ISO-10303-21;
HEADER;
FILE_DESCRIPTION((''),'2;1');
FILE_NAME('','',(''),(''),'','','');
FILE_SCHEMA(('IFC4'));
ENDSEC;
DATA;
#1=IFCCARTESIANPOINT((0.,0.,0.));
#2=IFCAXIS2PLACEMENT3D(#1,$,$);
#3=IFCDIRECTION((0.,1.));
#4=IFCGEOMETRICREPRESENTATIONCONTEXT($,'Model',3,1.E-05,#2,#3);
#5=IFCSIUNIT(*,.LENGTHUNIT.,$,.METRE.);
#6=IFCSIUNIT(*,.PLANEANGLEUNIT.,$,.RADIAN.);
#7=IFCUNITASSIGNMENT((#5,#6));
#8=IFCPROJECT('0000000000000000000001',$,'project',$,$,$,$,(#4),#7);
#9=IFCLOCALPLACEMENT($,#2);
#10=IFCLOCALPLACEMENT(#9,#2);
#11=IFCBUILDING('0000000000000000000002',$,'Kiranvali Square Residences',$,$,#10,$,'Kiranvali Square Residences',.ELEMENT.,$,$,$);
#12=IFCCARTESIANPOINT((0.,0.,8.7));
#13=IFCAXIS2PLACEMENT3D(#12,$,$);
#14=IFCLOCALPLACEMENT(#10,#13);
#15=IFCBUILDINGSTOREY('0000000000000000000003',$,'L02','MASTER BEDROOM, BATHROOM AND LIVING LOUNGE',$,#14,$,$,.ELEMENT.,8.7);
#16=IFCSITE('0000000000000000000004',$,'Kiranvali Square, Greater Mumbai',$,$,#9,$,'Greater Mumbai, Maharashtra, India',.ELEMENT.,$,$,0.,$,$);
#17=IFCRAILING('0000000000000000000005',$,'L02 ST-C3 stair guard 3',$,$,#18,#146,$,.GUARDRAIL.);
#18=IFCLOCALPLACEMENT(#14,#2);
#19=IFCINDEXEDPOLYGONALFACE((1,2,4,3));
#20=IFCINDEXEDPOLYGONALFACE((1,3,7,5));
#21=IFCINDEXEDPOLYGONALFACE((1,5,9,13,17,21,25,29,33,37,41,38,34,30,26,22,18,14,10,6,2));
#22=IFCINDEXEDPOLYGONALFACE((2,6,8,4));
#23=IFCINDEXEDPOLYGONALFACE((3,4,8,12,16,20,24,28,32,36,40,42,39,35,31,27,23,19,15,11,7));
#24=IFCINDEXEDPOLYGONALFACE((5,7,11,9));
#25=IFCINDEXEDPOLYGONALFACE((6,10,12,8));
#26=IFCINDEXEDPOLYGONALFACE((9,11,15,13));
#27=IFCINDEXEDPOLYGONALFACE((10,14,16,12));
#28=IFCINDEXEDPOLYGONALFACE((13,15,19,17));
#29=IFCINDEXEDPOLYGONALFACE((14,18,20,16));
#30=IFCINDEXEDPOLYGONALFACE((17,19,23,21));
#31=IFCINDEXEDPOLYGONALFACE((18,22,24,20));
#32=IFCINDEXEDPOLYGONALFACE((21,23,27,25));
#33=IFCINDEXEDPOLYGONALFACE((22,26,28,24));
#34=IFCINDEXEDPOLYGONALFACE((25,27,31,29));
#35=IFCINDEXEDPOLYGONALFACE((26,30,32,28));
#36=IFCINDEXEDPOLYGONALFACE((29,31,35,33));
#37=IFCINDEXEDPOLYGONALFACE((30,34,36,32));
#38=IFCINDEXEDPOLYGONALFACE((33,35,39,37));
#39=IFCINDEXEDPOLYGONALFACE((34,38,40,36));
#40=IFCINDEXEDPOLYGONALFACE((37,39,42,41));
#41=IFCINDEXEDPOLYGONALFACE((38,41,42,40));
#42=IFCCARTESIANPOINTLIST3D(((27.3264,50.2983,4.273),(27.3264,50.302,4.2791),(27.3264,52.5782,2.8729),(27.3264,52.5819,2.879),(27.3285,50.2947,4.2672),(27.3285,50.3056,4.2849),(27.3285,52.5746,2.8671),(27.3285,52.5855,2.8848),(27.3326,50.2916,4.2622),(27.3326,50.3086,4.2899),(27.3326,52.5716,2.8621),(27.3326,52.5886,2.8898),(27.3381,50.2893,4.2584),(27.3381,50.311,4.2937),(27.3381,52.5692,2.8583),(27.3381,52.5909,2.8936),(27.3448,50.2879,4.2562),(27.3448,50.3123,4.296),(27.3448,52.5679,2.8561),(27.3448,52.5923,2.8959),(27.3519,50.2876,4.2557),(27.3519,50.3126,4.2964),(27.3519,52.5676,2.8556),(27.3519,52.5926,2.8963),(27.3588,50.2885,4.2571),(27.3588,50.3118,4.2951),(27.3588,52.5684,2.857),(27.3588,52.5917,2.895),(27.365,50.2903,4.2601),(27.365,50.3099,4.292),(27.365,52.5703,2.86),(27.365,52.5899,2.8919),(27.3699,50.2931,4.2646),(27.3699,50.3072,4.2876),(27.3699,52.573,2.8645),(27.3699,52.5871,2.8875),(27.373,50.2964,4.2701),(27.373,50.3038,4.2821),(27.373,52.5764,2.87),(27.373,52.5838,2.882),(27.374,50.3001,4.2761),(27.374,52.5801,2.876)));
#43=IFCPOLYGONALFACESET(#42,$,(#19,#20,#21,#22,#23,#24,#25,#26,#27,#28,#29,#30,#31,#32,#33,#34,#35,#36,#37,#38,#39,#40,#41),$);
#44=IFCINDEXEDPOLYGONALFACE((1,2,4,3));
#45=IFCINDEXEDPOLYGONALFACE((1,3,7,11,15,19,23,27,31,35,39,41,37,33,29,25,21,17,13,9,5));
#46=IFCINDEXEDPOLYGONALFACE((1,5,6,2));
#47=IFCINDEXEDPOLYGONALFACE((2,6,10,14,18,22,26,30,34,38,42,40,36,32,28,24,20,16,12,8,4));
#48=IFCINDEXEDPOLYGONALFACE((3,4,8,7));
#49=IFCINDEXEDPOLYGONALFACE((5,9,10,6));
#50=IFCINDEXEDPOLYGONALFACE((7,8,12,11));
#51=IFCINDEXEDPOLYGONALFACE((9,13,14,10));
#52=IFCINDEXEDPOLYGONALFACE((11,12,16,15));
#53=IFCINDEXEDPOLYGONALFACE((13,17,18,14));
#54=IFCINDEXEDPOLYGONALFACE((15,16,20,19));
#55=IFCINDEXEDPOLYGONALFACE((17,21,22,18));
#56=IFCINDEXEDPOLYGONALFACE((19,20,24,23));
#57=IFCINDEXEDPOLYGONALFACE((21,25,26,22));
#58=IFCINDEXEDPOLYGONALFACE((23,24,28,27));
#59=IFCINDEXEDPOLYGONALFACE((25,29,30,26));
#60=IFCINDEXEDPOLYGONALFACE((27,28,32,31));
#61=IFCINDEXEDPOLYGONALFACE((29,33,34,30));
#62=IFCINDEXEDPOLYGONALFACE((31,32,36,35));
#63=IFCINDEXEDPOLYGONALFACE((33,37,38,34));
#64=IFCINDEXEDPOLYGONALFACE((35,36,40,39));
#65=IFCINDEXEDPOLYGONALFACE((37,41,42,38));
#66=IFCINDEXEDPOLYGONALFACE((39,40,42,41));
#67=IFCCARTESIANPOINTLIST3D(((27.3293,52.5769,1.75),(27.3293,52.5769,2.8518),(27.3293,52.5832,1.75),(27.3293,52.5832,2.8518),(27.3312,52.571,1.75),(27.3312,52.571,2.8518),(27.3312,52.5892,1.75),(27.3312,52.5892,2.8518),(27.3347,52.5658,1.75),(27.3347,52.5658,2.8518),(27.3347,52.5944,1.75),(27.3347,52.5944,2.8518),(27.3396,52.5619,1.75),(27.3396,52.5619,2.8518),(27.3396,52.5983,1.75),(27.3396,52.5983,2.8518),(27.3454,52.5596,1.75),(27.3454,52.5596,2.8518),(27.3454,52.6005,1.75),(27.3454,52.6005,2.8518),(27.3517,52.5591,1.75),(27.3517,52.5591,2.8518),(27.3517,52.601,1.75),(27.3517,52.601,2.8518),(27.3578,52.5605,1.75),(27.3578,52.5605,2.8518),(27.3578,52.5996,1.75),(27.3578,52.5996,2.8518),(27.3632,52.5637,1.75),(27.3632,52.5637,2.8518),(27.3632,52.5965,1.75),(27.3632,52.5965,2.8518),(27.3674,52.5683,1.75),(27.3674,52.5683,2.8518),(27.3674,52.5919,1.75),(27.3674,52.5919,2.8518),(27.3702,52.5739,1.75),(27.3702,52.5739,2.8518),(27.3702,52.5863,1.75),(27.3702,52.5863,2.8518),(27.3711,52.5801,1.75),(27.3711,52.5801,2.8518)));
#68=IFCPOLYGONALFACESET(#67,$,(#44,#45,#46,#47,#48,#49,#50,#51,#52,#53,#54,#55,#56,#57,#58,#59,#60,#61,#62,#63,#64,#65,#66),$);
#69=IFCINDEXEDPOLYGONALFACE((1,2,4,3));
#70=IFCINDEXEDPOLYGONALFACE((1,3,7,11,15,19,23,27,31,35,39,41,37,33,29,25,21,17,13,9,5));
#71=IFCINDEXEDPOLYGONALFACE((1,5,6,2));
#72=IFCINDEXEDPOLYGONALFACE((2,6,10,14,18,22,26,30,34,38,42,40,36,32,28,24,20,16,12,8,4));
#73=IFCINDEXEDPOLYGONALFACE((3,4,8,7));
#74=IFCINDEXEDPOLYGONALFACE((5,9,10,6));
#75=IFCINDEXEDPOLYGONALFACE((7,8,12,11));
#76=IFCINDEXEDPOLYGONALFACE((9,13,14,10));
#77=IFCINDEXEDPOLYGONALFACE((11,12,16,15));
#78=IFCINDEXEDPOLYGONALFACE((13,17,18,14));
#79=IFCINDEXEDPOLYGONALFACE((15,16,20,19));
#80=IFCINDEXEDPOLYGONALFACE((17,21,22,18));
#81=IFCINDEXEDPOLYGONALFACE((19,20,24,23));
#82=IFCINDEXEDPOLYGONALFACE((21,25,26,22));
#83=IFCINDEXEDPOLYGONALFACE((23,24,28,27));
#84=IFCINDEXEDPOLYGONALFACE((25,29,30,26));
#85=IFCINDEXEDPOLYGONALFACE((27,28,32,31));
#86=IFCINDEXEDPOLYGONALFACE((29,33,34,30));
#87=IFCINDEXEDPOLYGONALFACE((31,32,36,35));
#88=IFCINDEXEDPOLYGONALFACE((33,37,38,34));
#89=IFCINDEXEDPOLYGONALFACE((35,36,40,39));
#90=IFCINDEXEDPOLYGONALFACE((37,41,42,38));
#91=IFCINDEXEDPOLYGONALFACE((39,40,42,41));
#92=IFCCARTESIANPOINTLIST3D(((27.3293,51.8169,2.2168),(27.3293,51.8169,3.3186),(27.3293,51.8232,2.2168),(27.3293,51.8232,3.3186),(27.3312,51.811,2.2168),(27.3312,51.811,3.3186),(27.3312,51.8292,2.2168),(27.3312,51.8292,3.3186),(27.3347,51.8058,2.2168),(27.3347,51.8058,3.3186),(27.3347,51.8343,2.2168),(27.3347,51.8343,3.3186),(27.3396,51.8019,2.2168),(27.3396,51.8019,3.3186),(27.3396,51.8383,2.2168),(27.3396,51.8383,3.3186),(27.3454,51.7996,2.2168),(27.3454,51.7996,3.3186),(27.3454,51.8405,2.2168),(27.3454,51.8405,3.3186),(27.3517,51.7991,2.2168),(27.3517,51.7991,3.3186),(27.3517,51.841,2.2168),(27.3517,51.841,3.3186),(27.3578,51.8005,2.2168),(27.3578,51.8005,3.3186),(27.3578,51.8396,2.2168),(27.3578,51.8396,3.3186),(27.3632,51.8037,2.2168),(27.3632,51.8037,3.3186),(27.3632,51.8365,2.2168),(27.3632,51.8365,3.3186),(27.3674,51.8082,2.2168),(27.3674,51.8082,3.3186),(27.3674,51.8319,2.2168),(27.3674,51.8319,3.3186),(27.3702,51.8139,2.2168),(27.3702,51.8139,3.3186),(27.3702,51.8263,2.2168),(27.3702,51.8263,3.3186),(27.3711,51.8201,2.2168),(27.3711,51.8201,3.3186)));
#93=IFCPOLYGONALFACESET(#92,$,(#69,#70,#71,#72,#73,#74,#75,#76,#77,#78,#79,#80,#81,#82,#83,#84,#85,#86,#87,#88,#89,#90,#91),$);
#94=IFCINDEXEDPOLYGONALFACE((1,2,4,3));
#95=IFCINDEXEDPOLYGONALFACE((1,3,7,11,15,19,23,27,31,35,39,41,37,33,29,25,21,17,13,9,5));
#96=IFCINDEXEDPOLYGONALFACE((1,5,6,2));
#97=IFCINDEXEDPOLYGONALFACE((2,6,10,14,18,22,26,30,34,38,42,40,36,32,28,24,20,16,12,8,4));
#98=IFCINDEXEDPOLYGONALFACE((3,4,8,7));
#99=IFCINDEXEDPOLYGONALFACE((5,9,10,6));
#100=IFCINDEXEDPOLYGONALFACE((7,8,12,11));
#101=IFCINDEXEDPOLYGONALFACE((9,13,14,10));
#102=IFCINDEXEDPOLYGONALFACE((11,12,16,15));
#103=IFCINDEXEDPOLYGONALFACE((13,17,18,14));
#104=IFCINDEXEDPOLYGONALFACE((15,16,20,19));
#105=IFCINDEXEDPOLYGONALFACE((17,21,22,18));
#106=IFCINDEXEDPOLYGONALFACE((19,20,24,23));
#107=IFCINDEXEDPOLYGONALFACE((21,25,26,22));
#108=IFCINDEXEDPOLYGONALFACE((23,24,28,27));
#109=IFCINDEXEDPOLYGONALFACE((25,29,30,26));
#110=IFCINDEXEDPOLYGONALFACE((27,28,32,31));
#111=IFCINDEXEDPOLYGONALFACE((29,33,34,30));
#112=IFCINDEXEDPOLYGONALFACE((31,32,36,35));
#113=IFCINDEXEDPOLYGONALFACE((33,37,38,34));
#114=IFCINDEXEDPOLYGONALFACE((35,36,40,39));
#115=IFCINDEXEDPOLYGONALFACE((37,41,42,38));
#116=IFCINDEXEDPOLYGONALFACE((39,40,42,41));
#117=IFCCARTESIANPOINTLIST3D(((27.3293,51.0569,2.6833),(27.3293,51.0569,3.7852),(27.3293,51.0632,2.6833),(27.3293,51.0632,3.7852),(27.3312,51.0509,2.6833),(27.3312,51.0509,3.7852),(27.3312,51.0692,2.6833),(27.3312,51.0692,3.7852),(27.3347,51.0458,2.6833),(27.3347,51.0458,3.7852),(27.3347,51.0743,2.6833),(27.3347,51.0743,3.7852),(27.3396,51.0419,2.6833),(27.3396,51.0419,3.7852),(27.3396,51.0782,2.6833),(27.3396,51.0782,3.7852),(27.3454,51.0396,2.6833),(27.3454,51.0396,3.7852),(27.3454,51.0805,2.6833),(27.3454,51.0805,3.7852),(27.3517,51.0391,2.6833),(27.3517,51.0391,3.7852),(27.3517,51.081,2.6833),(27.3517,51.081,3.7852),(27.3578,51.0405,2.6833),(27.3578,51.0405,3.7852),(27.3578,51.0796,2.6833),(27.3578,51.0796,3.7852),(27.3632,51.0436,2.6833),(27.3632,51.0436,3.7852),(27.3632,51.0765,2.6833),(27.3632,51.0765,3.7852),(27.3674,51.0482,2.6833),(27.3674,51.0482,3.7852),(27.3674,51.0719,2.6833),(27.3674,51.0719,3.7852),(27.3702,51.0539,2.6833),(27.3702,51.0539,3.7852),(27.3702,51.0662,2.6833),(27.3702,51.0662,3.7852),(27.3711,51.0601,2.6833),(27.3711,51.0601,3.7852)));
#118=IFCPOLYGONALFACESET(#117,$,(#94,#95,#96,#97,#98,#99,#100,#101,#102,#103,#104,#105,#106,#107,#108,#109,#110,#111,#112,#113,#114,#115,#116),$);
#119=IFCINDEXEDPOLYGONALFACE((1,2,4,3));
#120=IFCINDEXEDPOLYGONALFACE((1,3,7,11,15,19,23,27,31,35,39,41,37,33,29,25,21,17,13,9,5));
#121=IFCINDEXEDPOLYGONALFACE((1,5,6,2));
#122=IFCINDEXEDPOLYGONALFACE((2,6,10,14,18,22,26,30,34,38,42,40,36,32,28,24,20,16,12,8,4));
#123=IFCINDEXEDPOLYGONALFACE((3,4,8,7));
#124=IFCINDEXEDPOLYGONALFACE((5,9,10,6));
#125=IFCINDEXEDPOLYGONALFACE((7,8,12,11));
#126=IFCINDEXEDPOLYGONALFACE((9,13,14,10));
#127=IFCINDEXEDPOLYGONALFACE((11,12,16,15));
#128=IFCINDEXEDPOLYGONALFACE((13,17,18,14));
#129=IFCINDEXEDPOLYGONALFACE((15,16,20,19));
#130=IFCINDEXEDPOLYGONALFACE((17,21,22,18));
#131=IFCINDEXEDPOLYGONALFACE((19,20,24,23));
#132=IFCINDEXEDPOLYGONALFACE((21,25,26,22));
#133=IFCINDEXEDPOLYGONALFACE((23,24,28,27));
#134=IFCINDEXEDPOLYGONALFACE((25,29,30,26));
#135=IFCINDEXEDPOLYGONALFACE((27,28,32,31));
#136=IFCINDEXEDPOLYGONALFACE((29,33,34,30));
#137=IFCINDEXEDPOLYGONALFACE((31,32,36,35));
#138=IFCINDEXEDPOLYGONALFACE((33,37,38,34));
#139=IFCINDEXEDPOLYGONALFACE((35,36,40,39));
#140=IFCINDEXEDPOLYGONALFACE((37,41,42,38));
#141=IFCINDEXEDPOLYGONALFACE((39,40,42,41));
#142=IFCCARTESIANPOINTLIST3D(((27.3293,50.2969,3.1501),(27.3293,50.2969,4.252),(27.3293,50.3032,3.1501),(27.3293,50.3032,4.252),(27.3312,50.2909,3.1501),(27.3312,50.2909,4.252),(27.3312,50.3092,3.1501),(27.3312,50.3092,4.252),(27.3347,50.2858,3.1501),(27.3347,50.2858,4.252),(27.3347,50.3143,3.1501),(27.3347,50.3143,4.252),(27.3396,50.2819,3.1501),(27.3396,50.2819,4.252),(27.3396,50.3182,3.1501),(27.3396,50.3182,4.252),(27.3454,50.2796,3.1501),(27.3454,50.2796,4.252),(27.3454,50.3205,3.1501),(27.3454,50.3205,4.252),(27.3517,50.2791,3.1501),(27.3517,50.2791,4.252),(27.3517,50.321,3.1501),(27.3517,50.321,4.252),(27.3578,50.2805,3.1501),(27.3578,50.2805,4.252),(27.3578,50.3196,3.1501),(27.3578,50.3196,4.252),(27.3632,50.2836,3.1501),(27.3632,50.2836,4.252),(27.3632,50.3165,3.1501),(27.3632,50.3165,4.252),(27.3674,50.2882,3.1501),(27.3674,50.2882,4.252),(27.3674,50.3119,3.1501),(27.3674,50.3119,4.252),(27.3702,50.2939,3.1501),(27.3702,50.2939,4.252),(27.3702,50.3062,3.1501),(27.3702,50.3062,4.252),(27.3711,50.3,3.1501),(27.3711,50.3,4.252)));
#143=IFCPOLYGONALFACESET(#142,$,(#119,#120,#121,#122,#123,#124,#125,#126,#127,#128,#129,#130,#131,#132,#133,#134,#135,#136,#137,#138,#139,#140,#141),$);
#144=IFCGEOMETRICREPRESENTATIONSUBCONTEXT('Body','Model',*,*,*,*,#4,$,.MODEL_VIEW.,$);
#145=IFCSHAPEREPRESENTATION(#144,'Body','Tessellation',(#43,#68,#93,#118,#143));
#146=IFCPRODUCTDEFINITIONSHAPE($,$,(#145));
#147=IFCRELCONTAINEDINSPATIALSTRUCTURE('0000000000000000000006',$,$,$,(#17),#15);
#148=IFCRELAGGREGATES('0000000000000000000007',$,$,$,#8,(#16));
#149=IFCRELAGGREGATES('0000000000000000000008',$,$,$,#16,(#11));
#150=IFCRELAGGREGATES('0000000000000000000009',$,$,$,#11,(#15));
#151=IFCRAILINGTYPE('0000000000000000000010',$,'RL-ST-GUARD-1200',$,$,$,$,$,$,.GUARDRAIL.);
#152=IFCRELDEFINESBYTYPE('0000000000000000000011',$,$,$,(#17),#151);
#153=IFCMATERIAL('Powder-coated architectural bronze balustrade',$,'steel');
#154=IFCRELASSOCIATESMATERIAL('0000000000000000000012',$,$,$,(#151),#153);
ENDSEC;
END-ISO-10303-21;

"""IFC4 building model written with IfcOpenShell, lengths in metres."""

from ifc_helpers import new_model, si_unit, direction, frame, origin, origin_2d, place, context, subcontext, project, spatial, circle, extrude, material, type_object, element, save


model = new_model("IFC4")

# Units and contexts
model_context = context("Model", 3, precision=1e-05, world=origin(), true_north=direction((0.0, 1.0)))
body_context = subcontext(model_context, "Body", "Model", "MODEL_VIEW")
ifc_project = project(units=[si_unit("LENGTHUNIT", "METRE"), si_unit("PLANEANGLEUNIT", "RADIAN")], contexts=[model_context])

# Site, building, storey
site_placement = place(None, origin())
site = spatial("IfcSite", under=ifc_project, at=site_placement, Name="Kiranvali Square, Greater Mumbai", LongName="Greater Mumbai, Maharashtra, India", CompositionType="ELEMENT", RefElevation=0.0)
building_placement = place(site_placement, origin())
building = spatial("IfcBuilding", under=site, at=building_placement, Name="Kiranvali Square Residences", LongName="Kiranvali Square Residences", CompositionType="ELEMENT")
storey_placement = place(building_placement, frame((0.0, 0.0, 8.7)))
storey = spatial("IfcBuildingStorey", under=building, at=storey_placement, Name="L02", Description="MASTER BEDROOM, BATHROOM AND LIVING LOUNGE", CompositionType="ELEMENT", Elevation=8.7)

# Railing
ifc_material_1 = material(Name="Powder-coated architectural bronze balustrade", Category="steel")
railing_type_1 = type_object("IfcRailingType", Name="RL-ST-GUARD-1200", PredefinedType="GUARDRAIL", material=ifc_material_1)
railing_1_placement = place(storey_placement, frame((27.3501, 52.5801, 1.75)))
element("IfcRailing", 1, at=railing_1_placement, inside=storey, type_object=railing_type_1, Name="L02 ST-C3 stair guard 3", PredefinedType="GUARDRAIL", context=body_context, shape_type="SweptSolid", body=[
    extrude(circle(Radius=0.0239, at=origin_2d()), frame((0.0, 0.0, 1.126), z_axis=(0.0, -0.85215, 0.523298), x_axis=(1.0, 0.0, 0.0)), (0.0, 0.0, 1.0), 2.6755),
    extrude(circle(Radius=0.021, at=origin_2d()), origin(), (0.0, 0.0, 1.0), 1.1018),
    extrude(circle(Radius=0.021, at=origin_2d()), frame((0.0, -0.76, 0.4668)), (0.0, 0.0, 1.0), 1.1018),
    extrude(circle(Radius=0.021, at=origin_2d()), frame((0.0, -1.52, 0.9333)), (0.0, 0.0, 1.0), 1.1018),
    extrude(circle(Radius=0.021, at=origin_2d()), frame((0.0, -2.28, 1.4001)), (0.0, 0.0, 1.0), 1.1018),
])

save(model, "model.ifc")
